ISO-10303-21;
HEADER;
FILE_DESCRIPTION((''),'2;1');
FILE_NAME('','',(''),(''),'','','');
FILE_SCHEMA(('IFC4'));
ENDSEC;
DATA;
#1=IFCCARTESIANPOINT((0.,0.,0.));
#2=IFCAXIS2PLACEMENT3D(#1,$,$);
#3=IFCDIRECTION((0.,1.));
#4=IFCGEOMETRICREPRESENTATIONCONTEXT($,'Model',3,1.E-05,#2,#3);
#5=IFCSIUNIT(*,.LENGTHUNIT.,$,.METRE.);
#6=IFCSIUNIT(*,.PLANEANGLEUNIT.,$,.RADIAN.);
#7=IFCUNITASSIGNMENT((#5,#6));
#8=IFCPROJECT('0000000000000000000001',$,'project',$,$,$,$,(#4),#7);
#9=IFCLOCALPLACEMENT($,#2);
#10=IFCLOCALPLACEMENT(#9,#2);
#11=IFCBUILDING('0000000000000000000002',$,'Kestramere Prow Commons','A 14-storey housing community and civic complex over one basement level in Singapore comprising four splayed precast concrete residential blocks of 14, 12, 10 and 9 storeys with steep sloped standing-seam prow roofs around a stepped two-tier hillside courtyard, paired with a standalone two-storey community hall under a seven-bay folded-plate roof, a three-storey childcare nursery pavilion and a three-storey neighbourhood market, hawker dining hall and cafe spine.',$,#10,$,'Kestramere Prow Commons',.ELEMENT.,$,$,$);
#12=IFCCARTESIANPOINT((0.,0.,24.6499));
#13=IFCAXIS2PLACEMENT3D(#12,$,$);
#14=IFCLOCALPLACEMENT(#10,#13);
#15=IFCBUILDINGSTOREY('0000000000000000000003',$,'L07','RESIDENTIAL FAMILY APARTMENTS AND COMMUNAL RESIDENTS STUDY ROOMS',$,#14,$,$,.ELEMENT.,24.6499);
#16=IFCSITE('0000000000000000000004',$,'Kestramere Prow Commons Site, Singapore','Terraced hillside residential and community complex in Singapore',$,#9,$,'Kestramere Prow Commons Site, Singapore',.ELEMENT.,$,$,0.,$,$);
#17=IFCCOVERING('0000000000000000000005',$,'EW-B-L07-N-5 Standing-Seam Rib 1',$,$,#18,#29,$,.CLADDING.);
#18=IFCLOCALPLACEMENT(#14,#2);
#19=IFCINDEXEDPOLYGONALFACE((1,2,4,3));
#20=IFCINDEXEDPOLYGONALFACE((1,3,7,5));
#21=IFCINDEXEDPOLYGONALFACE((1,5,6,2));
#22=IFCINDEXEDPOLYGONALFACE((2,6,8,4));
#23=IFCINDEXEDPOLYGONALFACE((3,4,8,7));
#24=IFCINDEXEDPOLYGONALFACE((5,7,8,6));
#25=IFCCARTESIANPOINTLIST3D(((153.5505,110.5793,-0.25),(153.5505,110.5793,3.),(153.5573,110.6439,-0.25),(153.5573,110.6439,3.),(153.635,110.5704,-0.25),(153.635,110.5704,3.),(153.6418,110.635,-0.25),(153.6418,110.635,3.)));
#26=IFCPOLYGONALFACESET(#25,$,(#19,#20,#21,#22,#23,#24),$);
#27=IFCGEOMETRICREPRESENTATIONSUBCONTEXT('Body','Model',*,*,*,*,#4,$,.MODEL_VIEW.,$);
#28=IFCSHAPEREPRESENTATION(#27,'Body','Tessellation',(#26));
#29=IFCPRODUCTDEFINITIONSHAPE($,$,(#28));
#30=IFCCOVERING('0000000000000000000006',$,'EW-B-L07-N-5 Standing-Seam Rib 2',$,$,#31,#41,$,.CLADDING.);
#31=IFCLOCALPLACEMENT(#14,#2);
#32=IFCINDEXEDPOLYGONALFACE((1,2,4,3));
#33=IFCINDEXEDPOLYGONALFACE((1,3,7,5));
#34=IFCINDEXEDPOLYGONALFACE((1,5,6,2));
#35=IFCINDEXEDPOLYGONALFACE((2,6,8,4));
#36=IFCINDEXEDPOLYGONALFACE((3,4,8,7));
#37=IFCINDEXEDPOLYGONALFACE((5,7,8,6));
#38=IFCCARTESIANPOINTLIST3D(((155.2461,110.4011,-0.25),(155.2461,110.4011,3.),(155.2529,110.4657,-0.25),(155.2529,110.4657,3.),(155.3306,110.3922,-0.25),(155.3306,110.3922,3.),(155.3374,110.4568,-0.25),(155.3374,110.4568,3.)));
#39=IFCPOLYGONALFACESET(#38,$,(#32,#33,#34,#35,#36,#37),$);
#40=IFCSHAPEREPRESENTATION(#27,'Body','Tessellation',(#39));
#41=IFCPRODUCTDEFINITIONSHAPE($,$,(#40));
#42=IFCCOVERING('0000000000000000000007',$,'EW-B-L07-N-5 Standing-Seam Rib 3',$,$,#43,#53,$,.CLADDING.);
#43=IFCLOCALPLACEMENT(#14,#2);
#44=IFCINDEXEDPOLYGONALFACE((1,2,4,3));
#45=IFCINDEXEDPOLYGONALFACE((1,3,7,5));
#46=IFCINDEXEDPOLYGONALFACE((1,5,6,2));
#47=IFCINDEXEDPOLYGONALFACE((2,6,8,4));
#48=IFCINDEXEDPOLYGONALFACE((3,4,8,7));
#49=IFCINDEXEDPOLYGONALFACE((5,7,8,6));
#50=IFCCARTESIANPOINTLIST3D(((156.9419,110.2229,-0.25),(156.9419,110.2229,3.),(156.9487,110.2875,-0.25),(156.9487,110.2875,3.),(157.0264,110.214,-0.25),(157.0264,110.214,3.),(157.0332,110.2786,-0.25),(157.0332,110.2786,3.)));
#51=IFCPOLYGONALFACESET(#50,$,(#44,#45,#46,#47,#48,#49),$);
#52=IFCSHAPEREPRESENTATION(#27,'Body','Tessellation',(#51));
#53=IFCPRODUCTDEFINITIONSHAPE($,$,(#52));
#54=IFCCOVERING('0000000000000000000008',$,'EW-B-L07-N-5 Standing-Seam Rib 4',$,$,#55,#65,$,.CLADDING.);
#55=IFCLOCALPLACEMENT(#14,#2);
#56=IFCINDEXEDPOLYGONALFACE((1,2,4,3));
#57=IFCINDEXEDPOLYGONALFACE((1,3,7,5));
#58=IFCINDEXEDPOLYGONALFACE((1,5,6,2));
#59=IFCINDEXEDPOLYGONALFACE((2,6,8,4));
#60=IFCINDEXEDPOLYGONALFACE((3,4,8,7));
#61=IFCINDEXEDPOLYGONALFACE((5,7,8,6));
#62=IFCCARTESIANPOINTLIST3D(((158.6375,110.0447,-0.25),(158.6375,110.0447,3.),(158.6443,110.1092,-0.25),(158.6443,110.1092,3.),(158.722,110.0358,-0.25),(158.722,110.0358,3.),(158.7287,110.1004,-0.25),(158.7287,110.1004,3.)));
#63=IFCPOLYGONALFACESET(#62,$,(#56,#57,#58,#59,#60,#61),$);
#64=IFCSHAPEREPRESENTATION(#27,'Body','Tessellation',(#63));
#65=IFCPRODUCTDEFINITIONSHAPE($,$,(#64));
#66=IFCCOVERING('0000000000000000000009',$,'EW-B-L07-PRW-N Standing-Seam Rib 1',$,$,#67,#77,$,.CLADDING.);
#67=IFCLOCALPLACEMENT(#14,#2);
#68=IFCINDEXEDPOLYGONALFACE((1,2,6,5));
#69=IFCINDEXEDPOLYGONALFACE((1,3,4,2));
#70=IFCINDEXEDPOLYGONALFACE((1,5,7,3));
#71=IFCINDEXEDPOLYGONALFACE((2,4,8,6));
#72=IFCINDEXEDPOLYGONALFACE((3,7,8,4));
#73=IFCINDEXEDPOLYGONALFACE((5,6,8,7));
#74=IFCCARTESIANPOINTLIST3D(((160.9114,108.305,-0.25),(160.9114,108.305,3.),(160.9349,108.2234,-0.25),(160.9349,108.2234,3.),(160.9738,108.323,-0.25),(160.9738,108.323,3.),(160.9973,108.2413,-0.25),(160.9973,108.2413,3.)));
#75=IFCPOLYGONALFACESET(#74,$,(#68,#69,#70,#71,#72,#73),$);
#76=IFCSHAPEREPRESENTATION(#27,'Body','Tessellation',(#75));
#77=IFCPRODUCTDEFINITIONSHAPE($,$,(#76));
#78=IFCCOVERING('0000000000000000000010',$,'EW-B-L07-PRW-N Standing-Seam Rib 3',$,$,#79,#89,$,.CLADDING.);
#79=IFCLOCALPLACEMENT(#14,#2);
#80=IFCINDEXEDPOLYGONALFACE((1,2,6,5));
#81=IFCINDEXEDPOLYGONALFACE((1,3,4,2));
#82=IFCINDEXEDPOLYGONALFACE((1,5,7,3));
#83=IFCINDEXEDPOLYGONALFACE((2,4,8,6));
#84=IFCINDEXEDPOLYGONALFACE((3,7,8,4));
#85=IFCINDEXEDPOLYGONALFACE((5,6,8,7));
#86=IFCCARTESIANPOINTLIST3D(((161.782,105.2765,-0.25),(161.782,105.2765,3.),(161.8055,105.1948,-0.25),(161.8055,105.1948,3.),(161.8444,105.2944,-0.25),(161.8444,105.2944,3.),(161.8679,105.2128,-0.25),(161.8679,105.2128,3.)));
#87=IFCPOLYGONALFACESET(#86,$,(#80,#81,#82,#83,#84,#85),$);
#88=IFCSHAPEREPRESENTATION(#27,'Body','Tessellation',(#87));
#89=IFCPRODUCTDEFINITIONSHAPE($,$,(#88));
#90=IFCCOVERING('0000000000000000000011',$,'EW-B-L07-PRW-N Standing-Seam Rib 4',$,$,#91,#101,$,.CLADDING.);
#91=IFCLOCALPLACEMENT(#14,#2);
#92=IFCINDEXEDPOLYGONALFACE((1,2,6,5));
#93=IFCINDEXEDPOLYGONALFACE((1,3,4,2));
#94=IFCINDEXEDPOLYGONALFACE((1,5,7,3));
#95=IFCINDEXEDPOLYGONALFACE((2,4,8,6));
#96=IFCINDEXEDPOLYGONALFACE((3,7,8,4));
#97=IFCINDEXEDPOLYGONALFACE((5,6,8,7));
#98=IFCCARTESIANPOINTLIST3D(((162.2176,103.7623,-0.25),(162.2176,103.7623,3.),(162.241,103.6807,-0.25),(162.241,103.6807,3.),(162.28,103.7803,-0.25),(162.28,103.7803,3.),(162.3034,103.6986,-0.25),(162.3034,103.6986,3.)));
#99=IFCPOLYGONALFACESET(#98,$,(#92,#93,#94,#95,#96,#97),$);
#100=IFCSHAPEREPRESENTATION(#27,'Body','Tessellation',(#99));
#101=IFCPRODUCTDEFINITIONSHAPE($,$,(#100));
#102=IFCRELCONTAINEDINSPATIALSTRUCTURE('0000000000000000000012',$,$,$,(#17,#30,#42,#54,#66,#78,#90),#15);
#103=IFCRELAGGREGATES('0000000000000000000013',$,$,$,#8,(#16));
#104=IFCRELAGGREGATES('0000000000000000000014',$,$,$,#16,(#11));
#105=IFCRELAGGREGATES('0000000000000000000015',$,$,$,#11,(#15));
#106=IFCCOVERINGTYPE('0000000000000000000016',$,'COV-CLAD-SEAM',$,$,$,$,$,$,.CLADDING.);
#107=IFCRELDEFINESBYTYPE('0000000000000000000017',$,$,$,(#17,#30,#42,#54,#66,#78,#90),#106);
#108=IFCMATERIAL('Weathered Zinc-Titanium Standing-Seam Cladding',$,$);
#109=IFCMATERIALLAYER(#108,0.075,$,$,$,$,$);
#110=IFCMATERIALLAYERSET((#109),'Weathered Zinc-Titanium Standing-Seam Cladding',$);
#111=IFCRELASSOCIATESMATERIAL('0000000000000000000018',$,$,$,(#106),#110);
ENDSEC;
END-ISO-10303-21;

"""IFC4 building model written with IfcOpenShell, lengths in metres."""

from ifc_helpers import new_model, si_unit, direction, frame, origin, origin_2d, place, context, subcontext, project, spatial, rectangle, extrude, material, layer, layer_set, type_object, element, save


model = new_model("IFC4")

# Units and contexts
model_context = context("Model", 3, precision=1e-05, world=origin(), true_north=direction((0.0, 1.0)))
body_context = subcontext(model_context, "Body", "Model", "MODEL_VIEW")
ifc_project = project(units=[si_unit("LENGTHUNIT", "METRE"), si_unit("PLANEANGLEUNIT", "RADIAN")], contexts=[model_context])

# Site, building, storey
site_placement = place(None, origin())
site = spatial("IfcSite", under=ifc_project, at=site_placement, Name="Kestramere Prow Commons Site, Singapore", Description="Terraced hillside residential and community complex in Singapore", LongName="Kestramere Prow Commons Site, Singapore", CompositionType="ELEMENT", RefElevation=0.0)
building_placement = place(site_placement, origin())
building = spatial("IfcBuilding", under=site, at=building_placement, Name="Kestramere Prow Commons", Description="A 14-storey housing community and civic complex over one basement level in Singapore comprising four splayed precast concrete residential blocks of 14, 12, 10 and 9 storeys with steep sloped standing-seam prow roofs around a stepped two-tier hillside courtyard, paired with a standalone two-storey community hall under a seven-bay folded-plate roof, a three-storey childcare nursery pavilion and a three-storey neighbourhood market, hawker dining hall and cafe spine.", LongName="Kestramere Prow Commons", CompositionType="ELEMENT")
storey_placement = place(building_placement, frame((0.0, 0.0, 24.6499)))
storey = spatial("IfcBuildingStorey", under=building, at=storey_placement, Name="L07", Description="RESIDENTIAL FAMILY APARTMENTS AND COMMUNAL RESIDENTS STUDY ROOMS", CompositionType="ELEMENT", Elevation=24.6499)

# Shared definitions
ifc_material_1 = material(Name="Weathered Zinc-Titanium Standing-Seam Cladding")

# Coverings
ifc_layer_1 = layer(ifc_material_1, 0.075)
ifc_layer_set_1 = layer_set([ifc_layer_1], Name="Weathered Zinc-Titanium Standing-Seam Cladding")
covering_type = type_object("IfcCoveringType", Name="COV-CLAD-SEAM", PredefinedType="CLADDING", material=ifc_layer_set_1)
for number, where, z_axis, x_axis, name in (
    (1, (153.5962, 110.6072, -0.25), (0.0, 0.0, 1.0), (0.994522, -0.104528, 0.0), "EW-B-L07-N-5 Standing-Seam Rib 1"),
    (2, (155.2917, 110.429, -0.25), (0.0, 0.0, 1.0), (0.994522, -0.104528, 0.0), "EW-B-L07-N-5 Standing-Seam Rib 2"),
    (3, (156.9875, 110.2507, -0.25), (0.0, 0.0, 1.0), (0.994522, -0.104528, 0.0), "EW-B-L07-N-5 Standing-Seam Rib 3"),
    (4, (158.6831, 110.0725, -0.25), (0.0, 0.0, 1.0), (0.994522, -0.104528, 0.0), "EW-B-L07-N-5 Standing-Seam Rib 4"),
    (5, (160.9543, 108.2732, -0.25), (0.0, 0.0, 1.0), (0.276318, -0.961066, 0.0), "EW-B-L07-PRW-N Standing-Seam Rib 1"),
    (6, (161.825, 105.2446, -0.25), (0.0, 0.0, 1.0), (0.276318, -0.961066, 0.0), "EW-B-L07-PRW-N Standing-Seam Rib 3"),
    (7, (162.2605, 103.7305, -0.25), (0.0, 0.0, 1.0), (0.276318, -0.961066, 0.0), "EW-B-L07-PRW-N Standing-Seam Rib 4"),
):
    element("IfcCovering", number, at=place(storey_placement, frame(where, z_axis=z_axis, x_axis=x_axis)), inside=storey, type_object=covering_type, Name=name, PredefinedType="CLADDING", context=body_context, shape_type="SweptSolid", body=[
        extrude(rectangle(XDim=0.085, YDim=0.0649, at=origin_2d()), origin(), (0.0, 0.0, 1.0), 3.25),
    ])

save(model, "model.ifc")
